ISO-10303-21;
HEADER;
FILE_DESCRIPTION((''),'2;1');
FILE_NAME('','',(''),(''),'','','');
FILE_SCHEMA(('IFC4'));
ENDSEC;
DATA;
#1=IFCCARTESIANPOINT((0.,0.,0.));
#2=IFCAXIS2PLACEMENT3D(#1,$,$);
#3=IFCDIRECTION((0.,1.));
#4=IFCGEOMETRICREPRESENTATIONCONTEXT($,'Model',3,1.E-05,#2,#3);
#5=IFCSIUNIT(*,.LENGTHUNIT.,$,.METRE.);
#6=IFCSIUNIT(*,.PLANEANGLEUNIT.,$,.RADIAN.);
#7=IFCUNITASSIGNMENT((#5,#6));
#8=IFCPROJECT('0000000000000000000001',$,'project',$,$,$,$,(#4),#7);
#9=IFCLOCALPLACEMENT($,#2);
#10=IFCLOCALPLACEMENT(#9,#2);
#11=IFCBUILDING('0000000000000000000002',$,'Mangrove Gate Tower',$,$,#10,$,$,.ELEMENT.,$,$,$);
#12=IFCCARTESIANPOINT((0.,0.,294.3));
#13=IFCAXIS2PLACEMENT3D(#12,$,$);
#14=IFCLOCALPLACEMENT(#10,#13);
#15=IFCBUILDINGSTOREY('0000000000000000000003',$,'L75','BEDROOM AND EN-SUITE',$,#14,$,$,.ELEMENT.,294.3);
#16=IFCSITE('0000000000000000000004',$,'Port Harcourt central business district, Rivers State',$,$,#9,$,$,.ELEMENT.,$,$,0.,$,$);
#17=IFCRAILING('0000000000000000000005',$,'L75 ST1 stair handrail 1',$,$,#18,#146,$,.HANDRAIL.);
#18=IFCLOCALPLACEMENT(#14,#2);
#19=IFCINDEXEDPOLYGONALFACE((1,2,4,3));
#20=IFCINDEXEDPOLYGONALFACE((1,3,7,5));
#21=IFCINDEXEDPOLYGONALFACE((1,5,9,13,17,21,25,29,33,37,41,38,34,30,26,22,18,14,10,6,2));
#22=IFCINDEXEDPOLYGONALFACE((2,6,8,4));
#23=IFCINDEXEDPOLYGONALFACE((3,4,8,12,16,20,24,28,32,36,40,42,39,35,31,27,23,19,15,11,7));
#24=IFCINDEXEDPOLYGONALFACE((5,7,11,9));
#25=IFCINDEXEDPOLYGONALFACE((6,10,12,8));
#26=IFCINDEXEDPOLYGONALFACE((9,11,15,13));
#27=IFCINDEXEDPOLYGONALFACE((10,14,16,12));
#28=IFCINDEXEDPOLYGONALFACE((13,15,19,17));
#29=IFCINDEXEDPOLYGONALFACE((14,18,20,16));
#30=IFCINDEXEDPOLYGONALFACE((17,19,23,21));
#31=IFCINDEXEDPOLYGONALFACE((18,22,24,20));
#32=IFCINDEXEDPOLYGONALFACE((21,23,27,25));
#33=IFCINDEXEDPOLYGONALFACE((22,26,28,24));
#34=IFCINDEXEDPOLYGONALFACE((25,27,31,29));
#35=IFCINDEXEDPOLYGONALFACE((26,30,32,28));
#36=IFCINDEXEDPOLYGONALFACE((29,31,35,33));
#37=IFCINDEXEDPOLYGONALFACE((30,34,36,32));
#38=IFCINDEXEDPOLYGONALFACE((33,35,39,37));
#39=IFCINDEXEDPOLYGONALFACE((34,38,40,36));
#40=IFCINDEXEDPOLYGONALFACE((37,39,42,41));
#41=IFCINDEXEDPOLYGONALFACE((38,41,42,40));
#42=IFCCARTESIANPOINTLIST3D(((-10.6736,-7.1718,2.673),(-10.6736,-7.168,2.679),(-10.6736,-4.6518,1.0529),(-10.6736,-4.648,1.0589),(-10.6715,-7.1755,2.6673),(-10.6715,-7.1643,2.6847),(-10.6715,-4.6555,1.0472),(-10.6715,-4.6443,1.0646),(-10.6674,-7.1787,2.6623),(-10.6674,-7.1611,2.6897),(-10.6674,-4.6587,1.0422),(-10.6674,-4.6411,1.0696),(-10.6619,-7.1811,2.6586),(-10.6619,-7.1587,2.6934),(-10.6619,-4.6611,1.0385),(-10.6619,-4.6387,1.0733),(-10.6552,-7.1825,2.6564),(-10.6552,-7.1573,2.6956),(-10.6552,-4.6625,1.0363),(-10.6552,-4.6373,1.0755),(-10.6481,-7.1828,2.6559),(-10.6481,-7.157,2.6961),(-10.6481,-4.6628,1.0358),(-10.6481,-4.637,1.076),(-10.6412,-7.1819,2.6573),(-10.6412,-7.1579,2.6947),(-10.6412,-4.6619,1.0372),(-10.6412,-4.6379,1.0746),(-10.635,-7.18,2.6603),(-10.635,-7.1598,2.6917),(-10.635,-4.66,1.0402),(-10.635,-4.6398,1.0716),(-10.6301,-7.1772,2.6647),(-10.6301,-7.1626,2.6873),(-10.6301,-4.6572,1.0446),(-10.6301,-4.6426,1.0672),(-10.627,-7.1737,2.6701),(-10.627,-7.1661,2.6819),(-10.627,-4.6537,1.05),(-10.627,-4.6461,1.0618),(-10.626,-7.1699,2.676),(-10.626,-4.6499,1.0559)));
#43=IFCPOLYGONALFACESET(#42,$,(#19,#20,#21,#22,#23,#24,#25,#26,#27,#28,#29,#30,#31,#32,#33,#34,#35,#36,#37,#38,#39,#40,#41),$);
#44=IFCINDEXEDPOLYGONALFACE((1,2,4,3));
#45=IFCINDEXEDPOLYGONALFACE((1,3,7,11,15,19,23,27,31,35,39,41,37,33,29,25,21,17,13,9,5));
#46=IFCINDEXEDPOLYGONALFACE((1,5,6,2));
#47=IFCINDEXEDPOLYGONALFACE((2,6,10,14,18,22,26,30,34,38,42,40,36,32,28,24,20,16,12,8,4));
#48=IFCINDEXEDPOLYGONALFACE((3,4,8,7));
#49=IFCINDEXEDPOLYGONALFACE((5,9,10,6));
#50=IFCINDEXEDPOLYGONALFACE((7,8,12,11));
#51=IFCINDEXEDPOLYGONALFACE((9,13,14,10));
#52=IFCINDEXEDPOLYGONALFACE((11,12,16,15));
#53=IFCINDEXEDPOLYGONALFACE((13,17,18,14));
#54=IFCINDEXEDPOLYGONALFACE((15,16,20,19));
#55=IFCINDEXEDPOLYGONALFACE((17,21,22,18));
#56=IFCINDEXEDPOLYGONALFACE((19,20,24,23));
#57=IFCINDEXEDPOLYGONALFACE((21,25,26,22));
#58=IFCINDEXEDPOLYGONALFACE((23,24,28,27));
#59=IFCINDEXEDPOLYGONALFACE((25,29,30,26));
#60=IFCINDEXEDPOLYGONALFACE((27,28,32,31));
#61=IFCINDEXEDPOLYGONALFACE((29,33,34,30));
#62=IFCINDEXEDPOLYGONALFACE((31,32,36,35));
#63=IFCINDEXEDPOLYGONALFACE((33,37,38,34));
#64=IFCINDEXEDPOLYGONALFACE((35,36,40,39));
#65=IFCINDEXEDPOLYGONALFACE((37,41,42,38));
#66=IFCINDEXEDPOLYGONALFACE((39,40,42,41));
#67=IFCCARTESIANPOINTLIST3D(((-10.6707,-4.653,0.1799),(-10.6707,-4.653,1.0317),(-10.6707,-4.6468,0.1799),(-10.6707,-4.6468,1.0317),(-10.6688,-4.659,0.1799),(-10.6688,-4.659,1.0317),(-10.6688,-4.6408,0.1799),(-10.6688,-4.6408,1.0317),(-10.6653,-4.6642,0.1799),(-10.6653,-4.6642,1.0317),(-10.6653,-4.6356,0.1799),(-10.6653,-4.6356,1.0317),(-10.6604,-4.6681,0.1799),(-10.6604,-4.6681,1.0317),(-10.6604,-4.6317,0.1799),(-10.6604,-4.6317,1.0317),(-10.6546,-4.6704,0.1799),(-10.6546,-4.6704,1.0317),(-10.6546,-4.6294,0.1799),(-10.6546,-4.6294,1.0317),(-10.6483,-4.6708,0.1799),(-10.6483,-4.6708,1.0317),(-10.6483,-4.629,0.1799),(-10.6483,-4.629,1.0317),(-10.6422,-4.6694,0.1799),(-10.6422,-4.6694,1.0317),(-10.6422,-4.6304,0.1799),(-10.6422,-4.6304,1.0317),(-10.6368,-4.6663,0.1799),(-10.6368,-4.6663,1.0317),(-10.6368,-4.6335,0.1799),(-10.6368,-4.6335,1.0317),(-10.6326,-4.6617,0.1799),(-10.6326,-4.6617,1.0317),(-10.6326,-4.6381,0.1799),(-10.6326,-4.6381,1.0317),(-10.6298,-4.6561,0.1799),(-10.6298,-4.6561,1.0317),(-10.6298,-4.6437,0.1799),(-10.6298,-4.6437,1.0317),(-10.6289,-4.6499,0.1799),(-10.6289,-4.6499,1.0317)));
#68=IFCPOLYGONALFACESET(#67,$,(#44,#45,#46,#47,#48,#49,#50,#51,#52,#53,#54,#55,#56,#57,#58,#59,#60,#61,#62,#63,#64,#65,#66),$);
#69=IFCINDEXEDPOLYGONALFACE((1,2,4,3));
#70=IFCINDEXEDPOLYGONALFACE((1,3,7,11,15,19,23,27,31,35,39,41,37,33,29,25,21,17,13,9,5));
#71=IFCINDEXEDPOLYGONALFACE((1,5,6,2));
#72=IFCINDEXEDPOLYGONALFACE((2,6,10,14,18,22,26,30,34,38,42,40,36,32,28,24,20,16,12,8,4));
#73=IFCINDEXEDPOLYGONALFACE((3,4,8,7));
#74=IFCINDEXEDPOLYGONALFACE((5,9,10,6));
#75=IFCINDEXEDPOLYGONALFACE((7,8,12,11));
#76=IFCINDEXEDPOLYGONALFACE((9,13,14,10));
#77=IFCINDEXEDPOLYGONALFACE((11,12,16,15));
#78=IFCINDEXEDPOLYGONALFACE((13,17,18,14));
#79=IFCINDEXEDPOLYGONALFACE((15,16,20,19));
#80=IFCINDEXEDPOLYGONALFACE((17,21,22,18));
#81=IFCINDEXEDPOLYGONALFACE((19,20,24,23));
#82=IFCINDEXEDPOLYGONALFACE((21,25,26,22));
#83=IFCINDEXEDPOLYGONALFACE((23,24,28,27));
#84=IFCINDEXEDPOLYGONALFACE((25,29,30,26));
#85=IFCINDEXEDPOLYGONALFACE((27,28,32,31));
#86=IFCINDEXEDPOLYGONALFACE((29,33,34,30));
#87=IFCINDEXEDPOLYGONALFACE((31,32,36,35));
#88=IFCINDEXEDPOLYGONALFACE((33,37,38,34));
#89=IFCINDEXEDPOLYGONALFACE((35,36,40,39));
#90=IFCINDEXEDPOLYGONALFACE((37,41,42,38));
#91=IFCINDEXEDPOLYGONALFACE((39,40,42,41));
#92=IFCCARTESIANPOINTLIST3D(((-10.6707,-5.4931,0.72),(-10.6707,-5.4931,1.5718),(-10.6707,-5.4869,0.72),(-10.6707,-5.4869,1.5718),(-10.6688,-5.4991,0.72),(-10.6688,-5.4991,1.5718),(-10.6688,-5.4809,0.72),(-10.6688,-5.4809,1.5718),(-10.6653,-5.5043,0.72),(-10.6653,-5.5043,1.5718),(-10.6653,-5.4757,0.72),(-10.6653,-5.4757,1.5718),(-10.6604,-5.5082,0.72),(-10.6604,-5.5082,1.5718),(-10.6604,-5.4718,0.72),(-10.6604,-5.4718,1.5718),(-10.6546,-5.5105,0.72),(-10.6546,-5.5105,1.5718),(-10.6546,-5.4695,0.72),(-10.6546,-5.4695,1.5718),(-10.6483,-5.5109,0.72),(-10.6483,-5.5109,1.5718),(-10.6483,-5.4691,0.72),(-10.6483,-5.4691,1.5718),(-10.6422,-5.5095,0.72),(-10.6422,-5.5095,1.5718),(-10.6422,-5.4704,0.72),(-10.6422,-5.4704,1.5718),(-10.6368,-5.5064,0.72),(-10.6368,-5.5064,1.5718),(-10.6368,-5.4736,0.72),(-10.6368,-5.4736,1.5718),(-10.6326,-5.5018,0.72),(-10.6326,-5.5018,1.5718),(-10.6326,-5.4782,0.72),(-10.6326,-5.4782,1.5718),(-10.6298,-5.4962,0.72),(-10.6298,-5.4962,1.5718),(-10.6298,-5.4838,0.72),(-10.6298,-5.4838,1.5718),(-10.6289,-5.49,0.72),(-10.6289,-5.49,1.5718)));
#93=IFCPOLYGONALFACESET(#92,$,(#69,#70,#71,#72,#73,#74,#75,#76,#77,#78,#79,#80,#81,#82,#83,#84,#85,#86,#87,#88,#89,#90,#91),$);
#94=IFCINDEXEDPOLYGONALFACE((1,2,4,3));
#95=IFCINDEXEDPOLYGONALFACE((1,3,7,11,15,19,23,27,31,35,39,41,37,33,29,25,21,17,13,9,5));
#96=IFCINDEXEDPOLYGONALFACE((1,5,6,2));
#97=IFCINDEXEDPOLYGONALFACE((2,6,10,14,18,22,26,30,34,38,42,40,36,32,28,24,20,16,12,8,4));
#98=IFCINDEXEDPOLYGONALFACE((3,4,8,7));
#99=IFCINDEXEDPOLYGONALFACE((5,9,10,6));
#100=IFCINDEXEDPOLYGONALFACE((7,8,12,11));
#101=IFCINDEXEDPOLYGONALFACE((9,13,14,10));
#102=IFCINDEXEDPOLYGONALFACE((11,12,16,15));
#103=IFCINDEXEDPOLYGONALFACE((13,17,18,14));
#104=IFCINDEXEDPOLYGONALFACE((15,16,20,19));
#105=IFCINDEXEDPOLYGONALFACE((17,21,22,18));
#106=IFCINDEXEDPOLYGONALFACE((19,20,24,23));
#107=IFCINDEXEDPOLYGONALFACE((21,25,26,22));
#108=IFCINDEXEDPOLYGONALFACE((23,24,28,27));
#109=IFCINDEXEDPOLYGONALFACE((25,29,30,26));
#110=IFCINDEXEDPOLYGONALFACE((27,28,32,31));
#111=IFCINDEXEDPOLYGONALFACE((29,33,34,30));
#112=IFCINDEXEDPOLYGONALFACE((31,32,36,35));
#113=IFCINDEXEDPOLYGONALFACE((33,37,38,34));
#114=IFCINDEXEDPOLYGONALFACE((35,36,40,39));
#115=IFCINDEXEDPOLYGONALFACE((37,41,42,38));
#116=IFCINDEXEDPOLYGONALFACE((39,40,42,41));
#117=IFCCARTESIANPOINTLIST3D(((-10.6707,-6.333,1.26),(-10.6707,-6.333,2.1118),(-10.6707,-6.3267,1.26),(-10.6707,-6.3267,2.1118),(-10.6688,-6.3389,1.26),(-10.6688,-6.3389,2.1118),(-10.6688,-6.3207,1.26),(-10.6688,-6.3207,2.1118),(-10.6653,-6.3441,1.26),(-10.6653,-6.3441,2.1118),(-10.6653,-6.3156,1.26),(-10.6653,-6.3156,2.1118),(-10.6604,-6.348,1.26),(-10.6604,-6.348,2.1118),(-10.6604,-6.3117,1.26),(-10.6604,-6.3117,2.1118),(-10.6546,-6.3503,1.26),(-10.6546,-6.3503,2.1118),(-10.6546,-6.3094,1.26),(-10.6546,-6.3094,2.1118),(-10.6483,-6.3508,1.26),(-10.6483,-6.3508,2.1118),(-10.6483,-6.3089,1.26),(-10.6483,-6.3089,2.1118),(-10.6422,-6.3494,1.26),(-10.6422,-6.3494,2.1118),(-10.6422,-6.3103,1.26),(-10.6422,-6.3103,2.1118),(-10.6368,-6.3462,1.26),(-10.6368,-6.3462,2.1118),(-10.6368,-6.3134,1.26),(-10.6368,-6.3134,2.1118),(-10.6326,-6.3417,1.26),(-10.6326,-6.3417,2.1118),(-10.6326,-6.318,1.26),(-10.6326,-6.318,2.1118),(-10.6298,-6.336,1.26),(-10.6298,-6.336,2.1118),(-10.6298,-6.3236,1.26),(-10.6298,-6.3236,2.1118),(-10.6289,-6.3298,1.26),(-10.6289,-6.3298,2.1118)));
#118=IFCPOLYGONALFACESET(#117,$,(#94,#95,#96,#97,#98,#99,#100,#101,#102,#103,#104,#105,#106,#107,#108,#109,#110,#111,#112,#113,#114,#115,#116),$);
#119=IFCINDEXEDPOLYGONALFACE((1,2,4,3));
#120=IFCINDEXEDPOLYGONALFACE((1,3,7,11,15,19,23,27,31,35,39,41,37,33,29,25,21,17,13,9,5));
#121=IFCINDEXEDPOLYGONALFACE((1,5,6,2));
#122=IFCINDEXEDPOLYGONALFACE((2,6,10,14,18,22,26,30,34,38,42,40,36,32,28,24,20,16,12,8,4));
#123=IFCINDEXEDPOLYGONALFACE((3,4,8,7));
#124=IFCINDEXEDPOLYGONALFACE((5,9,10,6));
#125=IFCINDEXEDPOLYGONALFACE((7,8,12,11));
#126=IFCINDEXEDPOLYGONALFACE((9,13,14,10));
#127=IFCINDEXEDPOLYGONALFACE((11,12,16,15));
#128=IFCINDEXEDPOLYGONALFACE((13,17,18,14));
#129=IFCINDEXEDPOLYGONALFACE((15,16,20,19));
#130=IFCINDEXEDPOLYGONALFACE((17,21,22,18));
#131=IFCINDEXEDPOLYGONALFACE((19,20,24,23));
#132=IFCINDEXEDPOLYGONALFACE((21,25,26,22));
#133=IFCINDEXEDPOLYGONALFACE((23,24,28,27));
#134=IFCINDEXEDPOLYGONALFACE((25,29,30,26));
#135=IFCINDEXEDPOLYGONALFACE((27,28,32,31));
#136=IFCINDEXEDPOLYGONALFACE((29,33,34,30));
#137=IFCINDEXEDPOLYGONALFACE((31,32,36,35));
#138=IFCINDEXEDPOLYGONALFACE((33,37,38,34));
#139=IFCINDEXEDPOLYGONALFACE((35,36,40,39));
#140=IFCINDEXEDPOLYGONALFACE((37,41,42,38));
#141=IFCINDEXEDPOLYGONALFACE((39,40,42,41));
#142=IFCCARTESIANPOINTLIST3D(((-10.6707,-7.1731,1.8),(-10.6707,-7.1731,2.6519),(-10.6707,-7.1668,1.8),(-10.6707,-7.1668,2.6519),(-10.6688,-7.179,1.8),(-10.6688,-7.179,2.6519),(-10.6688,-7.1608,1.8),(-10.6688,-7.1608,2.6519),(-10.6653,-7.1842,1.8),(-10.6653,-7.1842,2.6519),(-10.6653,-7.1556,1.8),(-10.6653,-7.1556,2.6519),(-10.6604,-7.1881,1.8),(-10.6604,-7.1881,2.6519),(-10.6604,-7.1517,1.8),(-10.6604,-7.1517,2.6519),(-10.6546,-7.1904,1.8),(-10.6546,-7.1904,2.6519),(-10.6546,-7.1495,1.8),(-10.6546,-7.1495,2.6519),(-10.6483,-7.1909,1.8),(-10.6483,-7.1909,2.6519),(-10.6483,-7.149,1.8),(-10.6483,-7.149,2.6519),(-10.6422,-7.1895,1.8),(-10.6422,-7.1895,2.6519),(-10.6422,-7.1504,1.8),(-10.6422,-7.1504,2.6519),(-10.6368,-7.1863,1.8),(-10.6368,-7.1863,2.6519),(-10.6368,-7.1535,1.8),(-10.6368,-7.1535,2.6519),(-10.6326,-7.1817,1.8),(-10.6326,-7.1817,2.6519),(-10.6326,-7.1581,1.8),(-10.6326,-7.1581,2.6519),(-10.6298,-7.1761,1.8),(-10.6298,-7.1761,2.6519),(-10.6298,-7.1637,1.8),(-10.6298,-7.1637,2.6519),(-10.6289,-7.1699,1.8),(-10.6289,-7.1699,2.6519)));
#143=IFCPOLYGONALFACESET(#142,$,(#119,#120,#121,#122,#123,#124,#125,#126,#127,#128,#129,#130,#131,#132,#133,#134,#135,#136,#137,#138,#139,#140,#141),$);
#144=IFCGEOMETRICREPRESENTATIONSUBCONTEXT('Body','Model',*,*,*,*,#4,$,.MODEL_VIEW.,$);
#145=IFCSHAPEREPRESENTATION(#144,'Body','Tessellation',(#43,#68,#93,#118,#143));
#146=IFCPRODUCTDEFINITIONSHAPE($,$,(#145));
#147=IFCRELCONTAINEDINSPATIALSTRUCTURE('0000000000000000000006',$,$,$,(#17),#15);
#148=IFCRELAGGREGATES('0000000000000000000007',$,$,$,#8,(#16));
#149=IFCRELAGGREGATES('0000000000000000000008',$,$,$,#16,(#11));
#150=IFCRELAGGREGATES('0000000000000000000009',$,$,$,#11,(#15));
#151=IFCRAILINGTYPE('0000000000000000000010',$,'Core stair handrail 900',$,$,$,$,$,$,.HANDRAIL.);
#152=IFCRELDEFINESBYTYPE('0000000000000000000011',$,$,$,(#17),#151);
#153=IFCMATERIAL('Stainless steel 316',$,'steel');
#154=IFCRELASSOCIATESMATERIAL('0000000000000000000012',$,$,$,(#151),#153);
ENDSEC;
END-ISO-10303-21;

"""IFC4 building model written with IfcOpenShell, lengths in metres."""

from ifc_helpers import new_model, si_unit, direction, frame, origin, origin_2d, place, context, subcontext, project, spatial, circle, extrude, material, type_object, element, save


model = new_model("IFC4")

# Units and contexts
model_context = context("Model", 3, precision=1e-05, world=origin(), true_north=direction((0.0, 1.0)))
body_context = subcontext(model_context, "Body", "Model", "MODEL_VIEW")
ifc_project = project(units=[si_unit("LENGTHUNIT", "METRE"), si_unit("PLANEANGLEUNIT", "RADIAN")], contexts=[model_context])

# Site, building, storey
site_placement = place(None, origin())
site = spatial("IfcSite", under=ifc_project, at=site_placement, Name="Port Harcourt central business district, Rivers State", CompositionType="ELEMENT", RefElevation=0.0)
building_placement = place(site_placement, origin())
building = spatial("IfcBuilding", under=site, at=building_placement, Name="Mangrove Gate Tower", CompositionType="ELEMENT")
storey_placement = place(building_placement, frame((0.0, 0.0, 294.3)))
storey = spatial("IfcBuildingStorey", under=building, at=storey_placement, Name="L75", Description="BEDROOM AND EN-SUITE", CompositionType="ELEMENT", Elevation=294.3)

# Railing
ifc_material_1 = material(Name="Stainless steel 316", Category="steel")
railing_type_1 = type_object("IfcRailingType", Name="Core stair handrail 900", PredefinedType="HANDRAIL", material=ifc_material_1)
railing_1_placement = place(storey_placement, frame((-10.6499, -4.6499, 0.1799)))
element("IfcRailing", 1, at=railing_1_placement, inside=storey, type_object=railing_type_1, Name="L75 ST1 stair handrail 1", PredefinedType="HANDRAIL", context=body_context, shape_type="SweptSolid", body=[
    extrude(circle(Radius=0.0239, at=origin_2d()), frame((0.0, 0.0, 0.876), z_axis=(0.0, -0.841163, 0.540782), x_axis=(1.0, 0.0, 0.0)), (0.0, 0.0, 1.0), 2.9958),
    extrude(circle(Radius=0.021, at=origin_2d()), origin(), (0.0, 0.0, 1.0), 0.8518),
    extrude(circle(Radius=0.021, at=origin_2d()), frame((0.0, -0.8401, 0.54)), (0.0, 0.0, 1.0), 0.8518),
    extrude(circle(Radius=0.021, at=origin_2d()), frame((0.0, -1.6799, 1.0801)), (0.0, 0.0, 1.0), 0.8518),
    extrude(circle(Radius=0.021, at=origin_2d()), frame((0.0, -2.52, 1.6201)), (0.0, 0.0, 1.0), 0.8518),
])

save(model, "model.ifc")
